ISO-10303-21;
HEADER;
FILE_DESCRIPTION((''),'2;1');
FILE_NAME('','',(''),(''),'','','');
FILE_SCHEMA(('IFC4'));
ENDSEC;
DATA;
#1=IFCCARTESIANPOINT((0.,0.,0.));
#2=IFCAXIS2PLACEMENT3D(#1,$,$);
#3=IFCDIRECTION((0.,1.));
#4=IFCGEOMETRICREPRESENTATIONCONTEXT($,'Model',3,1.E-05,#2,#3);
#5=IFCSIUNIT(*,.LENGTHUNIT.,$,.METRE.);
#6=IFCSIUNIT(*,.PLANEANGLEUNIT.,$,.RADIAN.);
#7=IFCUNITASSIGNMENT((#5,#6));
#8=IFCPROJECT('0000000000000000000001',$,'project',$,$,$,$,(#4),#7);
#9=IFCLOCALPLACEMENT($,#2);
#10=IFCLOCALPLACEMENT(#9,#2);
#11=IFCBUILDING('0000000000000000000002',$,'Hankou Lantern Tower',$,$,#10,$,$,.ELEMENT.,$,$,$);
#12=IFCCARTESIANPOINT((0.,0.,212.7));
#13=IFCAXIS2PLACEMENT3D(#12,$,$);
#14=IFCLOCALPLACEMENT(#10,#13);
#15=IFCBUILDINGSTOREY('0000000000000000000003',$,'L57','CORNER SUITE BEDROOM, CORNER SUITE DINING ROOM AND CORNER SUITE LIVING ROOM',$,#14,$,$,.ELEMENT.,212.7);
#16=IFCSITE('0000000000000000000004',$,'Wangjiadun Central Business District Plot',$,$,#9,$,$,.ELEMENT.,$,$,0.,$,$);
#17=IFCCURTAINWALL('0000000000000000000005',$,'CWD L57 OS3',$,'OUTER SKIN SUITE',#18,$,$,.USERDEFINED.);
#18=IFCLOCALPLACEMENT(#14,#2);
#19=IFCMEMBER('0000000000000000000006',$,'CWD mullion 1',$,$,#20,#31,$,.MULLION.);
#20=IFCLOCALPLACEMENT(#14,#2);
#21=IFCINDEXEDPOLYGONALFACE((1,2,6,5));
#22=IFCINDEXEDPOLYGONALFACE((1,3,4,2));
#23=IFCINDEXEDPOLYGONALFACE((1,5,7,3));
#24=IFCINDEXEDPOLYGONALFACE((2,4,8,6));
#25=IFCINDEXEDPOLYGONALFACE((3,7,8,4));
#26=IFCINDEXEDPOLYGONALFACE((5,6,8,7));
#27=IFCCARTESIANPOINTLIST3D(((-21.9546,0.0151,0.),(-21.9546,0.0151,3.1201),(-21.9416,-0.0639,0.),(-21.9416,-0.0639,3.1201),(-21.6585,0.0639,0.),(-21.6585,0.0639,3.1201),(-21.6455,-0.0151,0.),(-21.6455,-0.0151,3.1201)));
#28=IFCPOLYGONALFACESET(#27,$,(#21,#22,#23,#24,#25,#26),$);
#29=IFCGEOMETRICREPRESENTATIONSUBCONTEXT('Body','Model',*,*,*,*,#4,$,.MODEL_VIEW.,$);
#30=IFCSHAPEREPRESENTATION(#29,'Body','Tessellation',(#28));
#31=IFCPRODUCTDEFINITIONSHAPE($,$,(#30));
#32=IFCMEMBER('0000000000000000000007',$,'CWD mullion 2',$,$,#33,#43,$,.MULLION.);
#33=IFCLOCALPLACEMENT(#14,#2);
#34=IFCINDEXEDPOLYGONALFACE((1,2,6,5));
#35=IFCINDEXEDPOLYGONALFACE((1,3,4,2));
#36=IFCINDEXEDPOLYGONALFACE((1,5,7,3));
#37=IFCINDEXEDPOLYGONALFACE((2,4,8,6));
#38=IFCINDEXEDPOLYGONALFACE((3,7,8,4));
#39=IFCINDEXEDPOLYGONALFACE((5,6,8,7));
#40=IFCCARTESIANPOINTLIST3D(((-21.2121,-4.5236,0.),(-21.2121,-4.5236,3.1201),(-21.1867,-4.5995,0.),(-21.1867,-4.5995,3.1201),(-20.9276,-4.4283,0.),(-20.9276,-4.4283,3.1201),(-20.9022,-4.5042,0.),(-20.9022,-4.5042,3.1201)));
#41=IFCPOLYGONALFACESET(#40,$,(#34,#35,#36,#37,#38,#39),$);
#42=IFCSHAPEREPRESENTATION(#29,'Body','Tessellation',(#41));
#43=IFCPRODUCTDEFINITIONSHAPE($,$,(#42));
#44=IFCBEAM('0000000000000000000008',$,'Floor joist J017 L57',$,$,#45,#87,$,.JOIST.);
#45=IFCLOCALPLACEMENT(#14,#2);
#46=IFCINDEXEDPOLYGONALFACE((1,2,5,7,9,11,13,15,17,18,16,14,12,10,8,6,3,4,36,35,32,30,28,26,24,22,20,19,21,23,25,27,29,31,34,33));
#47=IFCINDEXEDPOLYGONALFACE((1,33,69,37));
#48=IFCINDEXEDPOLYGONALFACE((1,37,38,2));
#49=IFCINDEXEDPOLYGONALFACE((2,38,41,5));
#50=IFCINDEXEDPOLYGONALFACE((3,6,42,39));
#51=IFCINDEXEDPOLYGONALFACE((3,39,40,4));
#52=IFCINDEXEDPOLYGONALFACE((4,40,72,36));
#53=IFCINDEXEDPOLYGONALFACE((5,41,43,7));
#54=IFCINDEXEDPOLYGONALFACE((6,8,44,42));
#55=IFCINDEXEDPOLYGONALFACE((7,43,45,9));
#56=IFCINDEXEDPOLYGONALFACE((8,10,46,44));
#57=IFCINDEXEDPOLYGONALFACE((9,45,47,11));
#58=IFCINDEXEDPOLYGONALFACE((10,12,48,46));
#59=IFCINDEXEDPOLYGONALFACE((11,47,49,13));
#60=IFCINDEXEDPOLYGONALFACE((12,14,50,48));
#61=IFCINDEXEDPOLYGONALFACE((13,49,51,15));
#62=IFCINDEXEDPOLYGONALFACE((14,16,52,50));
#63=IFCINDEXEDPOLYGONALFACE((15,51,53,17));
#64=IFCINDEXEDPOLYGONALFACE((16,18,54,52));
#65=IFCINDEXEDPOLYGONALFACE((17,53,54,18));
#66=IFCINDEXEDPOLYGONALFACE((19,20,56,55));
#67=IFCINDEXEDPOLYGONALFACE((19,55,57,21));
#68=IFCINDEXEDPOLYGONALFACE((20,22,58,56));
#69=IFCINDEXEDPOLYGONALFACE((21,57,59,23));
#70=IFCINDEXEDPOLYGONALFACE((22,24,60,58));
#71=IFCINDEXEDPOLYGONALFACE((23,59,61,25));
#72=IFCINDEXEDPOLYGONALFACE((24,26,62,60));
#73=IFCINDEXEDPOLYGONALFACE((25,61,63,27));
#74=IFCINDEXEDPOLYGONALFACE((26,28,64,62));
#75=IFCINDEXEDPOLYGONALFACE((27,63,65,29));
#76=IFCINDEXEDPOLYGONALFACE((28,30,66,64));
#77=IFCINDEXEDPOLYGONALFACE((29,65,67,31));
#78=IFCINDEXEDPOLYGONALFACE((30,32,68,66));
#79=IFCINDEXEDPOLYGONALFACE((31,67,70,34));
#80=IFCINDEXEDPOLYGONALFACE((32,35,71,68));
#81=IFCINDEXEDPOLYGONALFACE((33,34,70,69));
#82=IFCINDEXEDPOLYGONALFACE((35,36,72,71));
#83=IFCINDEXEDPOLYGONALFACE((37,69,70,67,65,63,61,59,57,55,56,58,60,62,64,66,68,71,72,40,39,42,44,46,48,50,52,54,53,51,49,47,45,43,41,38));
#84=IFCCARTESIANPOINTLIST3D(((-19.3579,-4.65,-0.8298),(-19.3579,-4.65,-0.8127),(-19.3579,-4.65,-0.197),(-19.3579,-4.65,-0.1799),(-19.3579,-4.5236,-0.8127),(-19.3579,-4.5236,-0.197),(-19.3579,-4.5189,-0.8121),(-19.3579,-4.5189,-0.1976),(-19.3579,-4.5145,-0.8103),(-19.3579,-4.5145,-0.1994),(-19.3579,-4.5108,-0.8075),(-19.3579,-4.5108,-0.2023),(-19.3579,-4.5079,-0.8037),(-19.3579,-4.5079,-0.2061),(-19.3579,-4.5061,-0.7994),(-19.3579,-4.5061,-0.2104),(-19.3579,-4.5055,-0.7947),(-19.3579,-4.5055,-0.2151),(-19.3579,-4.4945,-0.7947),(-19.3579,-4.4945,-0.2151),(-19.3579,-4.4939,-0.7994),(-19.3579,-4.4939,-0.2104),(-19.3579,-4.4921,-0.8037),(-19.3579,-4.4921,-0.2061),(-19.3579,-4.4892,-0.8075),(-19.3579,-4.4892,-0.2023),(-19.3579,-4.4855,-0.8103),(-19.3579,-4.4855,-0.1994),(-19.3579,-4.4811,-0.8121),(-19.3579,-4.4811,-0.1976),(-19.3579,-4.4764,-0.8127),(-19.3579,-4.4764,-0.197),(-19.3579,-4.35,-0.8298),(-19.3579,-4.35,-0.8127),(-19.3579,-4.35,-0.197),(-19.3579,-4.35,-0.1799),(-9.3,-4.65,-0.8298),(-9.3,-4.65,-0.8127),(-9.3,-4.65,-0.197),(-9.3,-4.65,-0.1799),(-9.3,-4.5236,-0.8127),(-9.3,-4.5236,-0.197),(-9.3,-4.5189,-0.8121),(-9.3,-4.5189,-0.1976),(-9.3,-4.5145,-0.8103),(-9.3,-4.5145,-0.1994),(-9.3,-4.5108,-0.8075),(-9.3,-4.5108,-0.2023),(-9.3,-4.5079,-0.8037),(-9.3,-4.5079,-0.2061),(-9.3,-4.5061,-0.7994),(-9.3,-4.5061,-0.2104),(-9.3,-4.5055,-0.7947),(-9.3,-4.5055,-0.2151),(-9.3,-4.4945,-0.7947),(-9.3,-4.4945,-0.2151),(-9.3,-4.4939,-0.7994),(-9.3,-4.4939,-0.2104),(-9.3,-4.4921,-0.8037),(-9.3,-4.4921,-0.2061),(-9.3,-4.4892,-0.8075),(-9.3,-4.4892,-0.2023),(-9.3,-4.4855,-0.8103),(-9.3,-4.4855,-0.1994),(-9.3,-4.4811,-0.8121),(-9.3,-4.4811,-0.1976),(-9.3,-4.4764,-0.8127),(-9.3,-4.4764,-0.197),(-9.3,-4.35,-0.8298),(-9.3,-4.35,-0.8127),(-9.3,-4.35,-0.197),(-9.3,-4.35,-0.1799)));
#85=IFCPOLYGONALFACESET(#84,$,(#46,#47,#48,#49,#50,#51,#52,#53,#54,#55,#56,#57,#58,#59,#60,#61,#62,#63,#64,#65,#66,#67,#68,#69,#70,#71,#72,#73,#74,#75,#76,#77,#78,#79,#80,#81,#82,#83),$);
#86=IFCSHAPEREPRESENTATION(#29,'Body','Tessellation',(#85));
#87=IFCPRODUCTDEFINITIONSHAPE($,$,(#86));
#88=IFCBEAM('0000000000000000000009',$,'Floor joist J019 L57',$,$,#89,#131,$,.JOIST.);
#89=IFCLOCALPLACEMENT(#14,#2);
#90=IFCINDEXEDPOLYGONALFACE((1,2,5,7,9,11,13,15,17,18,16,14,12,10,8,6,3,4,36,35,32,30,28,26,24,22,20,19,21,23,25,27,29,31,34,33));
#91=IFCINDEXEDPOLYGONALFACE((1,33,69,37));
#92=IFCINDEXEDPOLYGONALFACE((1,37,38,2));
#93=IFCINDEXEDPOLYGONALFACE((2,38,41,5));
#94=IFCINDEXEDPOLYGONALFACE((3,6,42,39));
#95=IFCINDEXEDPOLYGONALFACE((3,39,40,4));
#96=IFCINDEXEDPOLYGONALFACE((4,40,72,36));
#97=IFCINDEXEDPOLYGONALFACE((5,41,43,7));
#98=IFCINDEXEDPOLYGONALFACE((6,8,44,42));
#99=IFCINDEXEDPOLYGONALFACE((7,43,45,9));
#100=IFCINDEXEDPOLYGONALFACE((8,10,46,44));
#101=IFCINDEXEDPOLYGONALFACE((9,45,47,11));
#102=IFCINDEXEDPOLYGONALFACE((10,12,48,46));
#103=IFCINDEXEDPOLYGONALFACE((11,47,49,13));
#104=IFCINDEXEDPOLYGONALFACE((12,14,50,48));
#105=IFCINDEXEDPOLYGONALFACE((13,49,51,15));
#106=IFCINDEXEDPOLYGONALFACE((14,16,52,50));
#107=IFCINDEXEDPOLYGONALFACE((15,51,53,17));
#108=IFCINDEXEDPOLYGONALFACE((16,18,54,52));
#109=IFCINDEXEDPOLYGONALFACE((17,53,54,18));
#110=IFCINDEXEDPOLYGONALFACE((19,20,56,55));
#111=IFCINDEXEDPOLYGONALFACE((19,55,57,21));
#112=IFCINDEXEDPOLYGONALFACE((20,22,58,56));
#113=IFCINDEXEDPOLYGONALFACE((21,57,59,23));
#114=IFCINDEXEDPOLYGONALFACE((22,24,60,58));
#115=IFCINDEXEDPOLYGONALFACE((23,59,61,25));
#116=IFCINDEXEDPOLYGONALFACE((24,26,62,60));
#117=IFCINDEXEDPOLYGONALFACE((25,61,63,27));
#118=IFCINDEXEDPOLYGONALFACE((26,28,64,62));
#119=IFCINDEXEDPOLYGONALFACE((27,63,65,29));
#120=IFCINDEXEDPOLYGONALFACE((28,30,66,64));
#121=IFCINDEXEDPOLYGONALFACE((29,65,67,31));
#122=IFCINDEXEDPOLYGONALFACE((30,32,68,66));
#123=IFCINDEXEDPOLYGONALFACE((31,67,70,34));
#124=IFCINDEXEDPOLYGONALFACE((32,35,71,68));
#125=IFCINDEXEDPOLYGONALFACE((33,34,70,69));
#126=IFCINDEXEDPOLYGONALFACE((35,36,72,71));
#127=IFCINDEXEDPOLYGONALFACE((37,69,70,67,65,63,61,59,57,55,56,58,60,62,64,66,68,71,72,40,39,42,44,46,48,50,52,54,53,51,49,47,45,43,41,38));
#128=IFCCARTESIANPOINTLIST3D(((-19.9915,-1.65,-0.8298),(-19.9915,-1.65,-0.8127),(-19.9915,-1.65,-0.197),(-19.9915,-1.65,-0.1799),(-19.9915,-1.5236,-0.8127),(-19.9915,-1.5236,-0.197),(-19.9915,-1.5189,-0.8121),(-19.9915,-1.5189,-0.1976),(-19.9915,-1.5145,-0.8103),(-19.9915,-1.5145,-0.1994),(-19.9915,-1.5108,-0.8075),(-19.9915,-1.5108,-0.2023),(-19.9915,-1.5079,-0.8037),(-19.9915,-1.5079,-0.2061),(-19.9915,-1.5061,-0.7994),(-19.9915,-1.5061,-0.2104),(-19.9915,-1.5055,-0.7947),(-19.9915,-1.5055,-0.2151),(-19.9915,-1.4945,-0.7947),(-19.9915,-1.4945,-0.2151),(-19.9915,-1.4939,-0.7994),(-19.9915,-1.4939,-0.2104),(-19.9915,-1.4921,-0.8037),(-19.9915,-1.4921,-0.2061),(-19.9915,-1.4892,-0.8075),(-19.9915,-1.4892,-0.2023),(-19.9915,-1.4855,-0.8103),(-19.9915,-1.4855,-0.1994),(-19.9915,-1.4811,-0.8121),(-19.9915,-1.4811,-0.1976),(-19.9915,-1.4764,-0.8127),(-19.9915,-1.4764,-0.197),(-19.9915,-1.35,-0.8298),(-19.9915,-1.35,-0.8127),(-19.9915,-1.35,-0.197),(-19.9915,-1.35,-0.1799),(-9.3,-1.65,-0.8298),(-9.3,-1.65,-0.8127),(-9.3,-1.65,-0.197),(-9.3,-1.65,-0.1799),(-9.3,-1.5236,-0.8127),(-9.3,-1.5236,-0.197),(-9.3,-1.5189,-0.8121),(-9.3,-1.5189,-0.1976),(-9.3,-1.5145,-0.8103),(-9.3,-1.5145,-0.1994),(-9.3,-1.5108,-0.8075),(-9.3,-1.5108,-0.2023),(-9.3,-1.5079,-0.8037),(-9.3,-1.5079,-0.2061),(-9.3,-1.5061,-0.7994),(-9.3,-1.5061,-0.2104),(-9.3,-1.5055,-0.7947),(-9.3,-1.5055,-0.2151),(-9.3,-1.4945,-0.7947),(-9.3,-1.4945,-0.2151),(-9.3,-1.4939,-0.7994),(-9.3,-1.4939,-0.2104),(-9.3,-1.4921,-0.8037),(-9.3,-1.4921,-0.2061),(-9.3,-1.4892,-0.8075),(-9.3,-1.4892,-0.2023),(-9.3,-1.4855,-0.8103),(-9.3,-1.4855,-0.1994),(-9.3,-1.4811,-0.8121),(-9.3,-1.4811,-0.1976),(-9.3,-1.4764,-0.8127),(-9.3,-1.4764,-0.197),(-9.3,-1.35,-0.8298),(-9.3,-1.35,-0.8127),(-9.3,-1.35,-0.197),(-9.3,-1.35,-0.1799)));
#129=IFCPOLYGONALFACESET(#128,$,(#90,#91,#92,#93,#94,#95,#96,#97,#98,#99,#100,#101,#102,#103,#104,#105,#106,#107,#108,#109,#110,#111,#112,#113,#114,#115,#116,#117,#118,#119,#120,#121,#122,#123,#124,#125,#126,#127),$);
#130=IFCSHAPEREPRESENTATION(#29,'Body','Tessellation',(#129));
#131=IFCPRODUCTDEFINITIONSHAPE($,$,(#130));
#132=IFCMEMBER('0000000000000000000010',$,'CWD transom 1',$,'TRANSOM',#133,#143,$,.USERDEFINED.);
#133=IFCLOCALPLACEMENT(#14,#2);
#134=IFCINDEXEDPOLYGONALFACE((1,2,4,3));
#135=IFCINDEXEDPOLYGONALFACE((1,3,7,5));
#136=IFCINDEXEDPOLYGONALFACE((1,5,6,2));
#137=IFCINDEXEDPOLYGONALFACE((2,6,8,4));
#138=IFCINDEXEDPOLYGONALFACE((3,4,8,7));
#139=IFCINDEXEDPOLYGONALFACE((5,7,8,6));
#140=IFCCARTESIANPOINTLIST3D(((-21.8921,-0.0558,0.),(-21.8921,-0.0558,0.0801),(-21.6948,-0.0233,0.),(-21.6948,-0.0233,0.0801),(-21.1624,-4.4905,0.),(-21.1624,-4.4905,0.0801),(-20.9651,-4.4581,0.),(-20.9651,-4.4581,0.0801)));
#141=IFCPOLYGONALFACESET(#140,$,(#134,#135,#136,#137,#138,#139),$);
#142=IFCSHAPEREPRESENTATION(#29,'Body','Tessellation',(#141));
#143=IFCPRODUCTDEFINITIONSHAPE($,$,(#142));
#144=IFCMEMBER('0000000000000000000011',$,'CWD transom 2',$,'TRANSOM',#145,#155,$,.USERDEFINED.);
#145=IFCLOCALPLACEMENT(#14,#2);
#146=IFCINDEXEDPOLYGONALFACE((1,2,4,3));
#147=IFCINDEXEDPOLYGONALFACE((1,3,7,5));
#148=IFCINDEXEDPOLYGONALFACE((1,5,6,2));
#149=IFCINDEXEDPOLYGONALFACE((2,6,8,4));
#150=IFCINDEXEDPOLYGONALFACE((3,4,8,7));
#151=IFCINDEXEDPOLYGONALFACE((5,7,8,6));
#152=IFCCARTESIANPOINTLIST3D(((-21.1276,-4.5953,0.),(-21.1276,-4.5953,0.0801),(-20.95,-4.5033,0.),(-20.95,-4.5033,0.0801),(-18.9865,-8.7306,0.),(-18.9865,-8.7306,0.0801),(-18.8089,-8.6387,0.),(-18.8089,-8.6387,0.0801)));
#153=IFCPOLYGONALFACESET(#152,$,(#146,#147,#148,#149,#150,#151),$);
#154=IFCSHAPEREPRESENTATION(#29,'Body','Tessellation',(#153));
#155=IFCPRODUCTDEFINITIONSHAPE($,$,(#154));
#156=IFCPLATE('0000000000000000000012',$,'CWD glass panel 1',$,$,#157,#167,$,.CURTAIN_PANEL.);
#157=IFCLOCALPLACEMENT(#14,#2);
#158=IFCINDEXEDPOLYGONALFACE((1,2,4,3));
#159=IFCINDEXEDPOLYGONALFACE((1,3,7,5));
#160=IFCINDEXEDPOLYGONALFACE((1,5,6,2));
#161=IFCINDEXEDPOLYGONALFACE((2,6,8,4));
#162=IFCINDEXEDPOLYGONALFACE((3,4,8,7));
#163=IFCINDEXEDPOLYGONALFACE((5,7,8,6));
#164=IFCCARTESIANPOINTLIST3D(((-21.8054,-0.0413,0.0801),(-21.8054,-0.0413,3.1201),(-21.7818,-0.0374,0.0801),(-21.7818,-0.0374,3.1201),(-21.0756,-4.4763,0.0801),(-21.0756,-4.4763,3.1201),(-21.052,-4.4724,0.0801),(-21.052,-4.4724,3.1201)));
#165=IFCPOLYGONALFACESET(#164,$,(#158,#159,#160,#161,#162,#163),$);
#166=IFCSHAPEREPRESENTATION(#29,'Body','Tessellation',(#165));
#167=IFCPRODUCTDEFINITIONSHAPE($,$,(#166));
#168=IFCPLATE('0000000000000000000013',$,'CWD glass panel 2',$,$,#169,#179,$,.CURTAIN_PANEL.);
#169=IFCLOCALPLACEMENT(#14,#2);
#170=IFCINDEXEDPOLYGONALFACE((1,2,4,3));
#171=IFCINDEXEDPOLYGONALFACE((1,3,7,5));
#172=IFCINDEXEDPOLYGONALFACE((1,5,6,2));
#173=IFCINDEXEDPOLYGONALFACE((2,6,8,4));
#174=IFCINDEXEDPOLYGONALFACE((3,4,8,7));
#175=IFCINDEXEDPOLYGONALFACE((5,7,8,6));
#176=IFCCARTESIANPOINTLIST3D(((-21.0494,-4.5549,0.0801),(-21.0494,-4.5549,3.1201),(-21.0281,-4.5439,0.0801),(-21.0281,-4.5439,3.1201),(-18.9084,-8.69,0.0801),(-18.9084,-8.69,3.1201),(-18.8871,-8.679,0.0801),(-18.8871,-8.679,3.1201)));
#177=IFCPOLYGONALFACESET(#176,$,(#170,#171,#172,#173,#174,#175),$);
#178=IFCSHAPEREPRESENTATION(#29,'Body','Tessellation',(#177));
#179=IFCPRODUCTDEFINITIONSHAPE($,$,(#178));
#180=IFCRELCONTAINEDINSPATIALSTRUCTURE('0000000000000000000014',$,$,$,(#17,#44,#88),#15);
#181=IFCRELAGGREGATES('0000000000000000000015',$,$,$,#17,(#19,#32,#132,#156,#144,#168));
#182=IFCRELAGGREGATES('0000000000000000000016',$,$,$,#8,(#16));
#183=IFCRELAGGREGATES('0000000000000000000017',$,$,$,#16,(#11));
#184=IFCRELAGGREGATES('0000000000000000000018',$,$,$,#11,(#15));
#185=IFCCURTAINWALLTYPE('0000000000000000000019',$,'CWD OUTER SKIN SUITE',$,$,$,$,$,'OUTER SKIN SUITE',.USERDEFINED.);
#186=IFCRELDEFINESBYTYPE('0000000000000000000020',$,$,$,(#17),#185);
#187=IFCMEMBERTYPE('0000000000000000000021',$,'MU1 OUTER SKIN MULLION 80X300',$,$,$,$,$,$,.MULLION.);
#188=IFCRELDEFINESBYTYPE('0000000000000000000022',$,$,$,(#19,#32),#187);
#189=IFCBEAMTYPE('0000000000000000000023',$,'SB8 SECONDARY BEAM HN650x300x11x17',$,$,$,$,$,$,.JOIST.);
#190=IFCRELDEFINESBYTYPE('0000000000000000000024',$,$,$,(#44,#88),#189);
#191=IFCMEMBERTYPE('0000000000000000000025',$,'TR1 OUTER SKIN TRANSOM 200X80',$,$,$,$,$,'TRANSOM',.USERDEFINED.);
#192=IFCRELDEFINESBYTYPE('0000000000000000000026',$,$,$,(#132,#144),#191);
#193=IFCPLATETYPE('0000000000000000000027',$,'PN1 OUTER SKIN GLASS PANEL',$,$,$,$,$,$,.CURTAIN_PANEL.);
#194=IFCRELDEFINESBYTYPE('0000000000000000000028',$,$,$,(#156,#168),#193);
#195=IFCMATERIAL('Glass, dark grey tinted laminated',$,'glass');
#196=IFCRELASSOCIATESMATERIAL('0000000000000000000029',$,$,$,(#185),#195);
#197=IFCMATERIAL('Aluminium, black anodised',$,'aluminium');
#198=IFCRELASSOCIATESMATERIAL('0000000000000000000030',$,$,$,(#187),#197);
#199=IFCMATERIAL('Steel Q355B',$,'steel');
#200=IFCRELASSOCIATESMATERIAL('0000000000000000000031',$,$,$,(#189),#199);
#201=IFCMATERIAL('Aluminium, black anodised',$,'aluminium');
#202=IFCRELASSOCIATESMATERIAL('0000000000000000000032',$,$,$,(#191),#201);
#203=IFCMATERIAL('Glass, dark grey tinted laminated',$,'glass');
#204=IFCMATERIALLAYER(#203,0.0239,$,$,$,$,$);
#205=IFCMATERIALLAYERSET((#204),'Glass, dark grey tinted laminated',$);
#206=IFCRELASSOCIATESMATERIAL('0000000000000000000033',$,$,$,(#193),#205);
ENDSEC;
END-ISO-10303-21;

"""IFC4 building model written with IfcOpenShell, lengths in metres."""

from ifc_helpers import new_model, si_unit, direction, frame, origin, origin_2d, place, context, subcontext, project, spatial, rectangle, i_section, extrude, material, layer, layer_set, material_profile, profile_set, type_object, element, aggregate, save


model = new_model("IFC4")

# Units and contexts
model_context = context("Model", 3, precision=1e-05, world=origin(), true_north=direction((0.0, 1.0)))
body_context = subcontext(model_context, "Body", "Model", "MODEL_VIEW")
ifc_project = project(units=[si_unit("LENGTHUNIT", "METRE"), si_unit("PLANEANGLEUNIT", "RADIAN")], contexts=[model_context])

# Site, building, storey
site_placement = place(None, origin())
site = spatial("IfcSite", under=ifc_project, at=site_placement, Name="Wangjiadun Central Business District Plot", CompositionType="ELEMENT", RefElevation=0.0)
building_placement = place(site_placement, origin())
building = spatial("IfcBuilding", under=site, at=building_placement, Name="Hankou Lantern Tower", CompositionType="ELEMENT")
storey_placement = place(building_placement, frame((0.0, 0.0, 212.7)))
storey = spatial("IfcBuildingStorey", under=building, at=storey_placement, Name="L57", Description="CORNER SUITE BEDROOM, CORNER SUITE DINING ROOM AND CORNER SUITE LIVING ROOM", CompositionType="ELEMENT", Elevation=212.7)

# Curtain wall, members
ifc_material_1 = material(Name="Glass, dark grey tinted laminated", Category="glass")
curtain_wall_type = type_object("IfcCurtainWallType", Name="CWD OUTER SKIN SUITE", ElementType="OUTER SKIN SUITE", PredefinedType="USERDEFINED", material=ifc_material_1)
curtain_wall_placement = place(storey_placement, origin())
curtain_wall = element("IfcCurtainWall", 1, at=curtain_wall_placement, inside=storey, type_object=curtain_wall_type, Name="CWD L57 OS3", ObjectType="OUTER SKIN SUITE", PredefinedType="USERDEFINED")
ifc_material_2 = material(Name="Aluminium, black anodised", Category="aluminium")
ifc_material_profile_1 = material_profile(ifc_material_2, rectangle(XDim=0.0801, YDim=0.3, at=origin_2d()), Name="MU1 80X300")
ifc_profile_set_1 = profile_set([ifc_material_profile_1], Name="Aluminium, black anodised")
member_type_1 = type_object("IfcMemberType", Name="MU1 OUTER SKIN MULLION 80X300", PredefinedType="MULLION", material=ifc_profile_set_1)
member_1_placement = place(storey_placement, frame((-21.8, 0.0, 0.0), z_axis=(0.0, 0.0, 1.0), x_axis=(0.162382, -0.986728, 0.0)))
member_1 = element("IfcMember", 2, at=member_1_placement, type_object=member_type_1, Name="CWD mullion 1", PredefinedType="MULLION", context=body_context, shape_type="SweptSolid", body=[
    extrude(rectangle(XDim=0.0801, YDim=0.3, at=origin_2d()), origin(), (0.0, 0.0, 1.0), 3.1201),
])
member_2_placement = place(storey_placement, frame((-21.0571, -4.5139, 0.0), z_axis=(0.0, 0.0, 1.0), x_axis=(0.317596, -0.948226, 0.0)))
member_2 = element("IfcMember", 3, at=member_2_placement, type_object=member_type_1, Name="CWD mullion 2", PredefinedType="MULLION", context=body_context, shape_type="SweptSolid", body=[
    extrude(rectangle(XDim=0.0801, YDim=0.3, at=origin_2d()), origin(), (0.0, 0.0, 1.0), 3.1201),
])

# Beams
ifc_material_3 = material(Name="Steel Q355B", Category="steel")
ifc_material_profile_2 = material_profile(ifc_material_3, i_section(OverallWidth=0.3, OverallDepth=0.6499, WebThickness=0.011, FlangeThickness=0.0171, FilletRadius=0.0181, at=origin_2d()), Name="HN650x300x11x17")
ifc_profile_set_2 = profile_set([ifc_material_profile_2], Name="Steel Q355B")
beam_type_1 = type_object("IfcBeamType", Name="SB8 SECONDARY BEAM HN650x300x11x17", PredefinedType="JOIST", material=ifc_profile_set_2)
beam_1_placement = place(storey_placement, frame((-19.3579, -4.5, -0.5049), z_axis=(1.0, 0.0, 0.0), x_axis=(0.0, 1.0, 0.0)))
element("IfcBeam", 4, at=beam_1_placement, inside=storey, type_object=beam_type_1, Name="Floor joist J017 L57", PredefinedType="JOIST", context=body_context, shape_type="SweptSolid", body=[
    extrude(i_section(OverallWidth=0.3, OverallDepth=0.6499, WebThickness=0.011, FlangeThickness=0.0171, FilletRadius=0.0181, at=origin_2d()), origin(), (0.0, 0.0, 1.0), 10.0579),
])
beam_2_placement = place(storey_placement, frame((-19.9915, -1.5, -0.5049), z_axis=(1.0, 0.0, 0.0), x_axis=(0.0, 1.0, 0.0)))
element("IfcBeam", 5, at=beam_2_placement, inside=storey, type_object=beam_type_1, Name="Floor joist J019 L57", PredefinedType="JOIST", context=body_context, shape_type="SweptSolid", body=[
    extrude(i_section(OverallWidth=0.3, OverallDepth=0.6499, WebThickness=0.011, FlangeThickness=0.0171, FilletRadius=0.0181, at=origin_2d()), origin(), (0.0, 0.0, 1.0), 10.6914),
])

# Members
ifc_material_4 = material(Name="Aluminium, black anodised", Category="aluminium")
ifc_material_profile_3 = material_profile(ifc_material_4, rectangle(XDim=0.2, YDim=0.0801, at=origin_2d()), Name="TR1 200X80")
ifc_profile_set_3 = profile_set([ifc_material_profile_3], Name="Aluminium, black anodised")
member_type_2 = type_object("IfcMemberType", Name="TR1 OUTER SKIN TRANSOM 200X80", ElementType="TRANSOM", PredefinedType="USERDEFINED", material=ifc_profile_set_3)
member_3_placement = place(storey_placement, frame((-21.7935, -0.0396, 0.04), z_axis=(0.162364, -0.986731, 0.0), x_axis=(0.986731, 0.162364, 0.0)))
member_3 = element("IfcMember", 6, at=member_3_placement, type_object=member_type_2, Name="CWD transom 1", ObjectType="TRANSOM", PredefinedType="USERDEFINED", context=body_context, shape_type="SweptSolid", body=[
    extrude(rectangle(XDim=0.2, YDim=0.0801, at=origin_2d()), origin(), (0.0, 0.0, 1.0), 4.4944),
])
member_4_placement = place(storey_placement, frame((-21.0388, -4.5493, 0.04), z_axis=(0.459794, -0.888026, 0.0), x_axis=(0.888026, 0.459794, 0.0)))
member_4 = element("IfcMember", 7, at=member_4_placement, type_object=member_type_2, Name="CWD transom 2", ObjectType="TRANSOM", PredefinedType="USERDEFINED", context=body_context, shape_type="SweptSolid", body=[
    extrude(rectangle(XDim=0.2, YDim=0.0801, at=origin_2d()), origin(), (0.0, 0.0, 1.0), 4.6567),
])

# Plates
ifc_material_5 = material(Name="Glass, dark grey tinted laminated", Category="glass")
ifc_layer_1 = layer(ifc_material_5, 0.0239)
ifc_layer_set_1 = layer_set([ifc_layer_1], Name="Glass, dark grey tinted laminated")
plate_type = type_object("IfcPlateType", Name="PN1 OUTER SKIN GLASS PANEL", PredefinedType="CURTAIN_PANEL", material=ifc_layer_set_1)
plate_1_placement = place(storey_placement, frame((-21.4287, -2.2568, 0.0801), z_axis=(0.0, 0.0, 1.0), x_axis=(0.162382, -0.986728, 0.0)))
plate_1 = element("IfcPlate", 8, at=plate_1_placement, type_object=plate_type, Name="CWD glass panel 1", PredefinedType="CURTAIN_PANEL", context=body_context, shape_type="SweptSolid", body=[
    extrude(rectangle(XDim=4.4946, YDim=0.0239, at=origin_2d()), origin(), (0.0, 0.0, 1.0), 3.04),
])
plate_2_placement = place(storey_placement, frame((-19.9683, -6.6169, 0.0801), z_axis=(0.0, 0.0, 1.0), x_axis=(0.459791, -0.888027, 0.0)))
plate_2 = element("IfcPlate", 9, at=plate_2_placement, type_object=plate_type, Name="CWD glass panel 2", PredefinedType="CURTAIN_PANEL", context=body_context, shape_type="SweptSolid", body=[
    extrude(rectangle(XDim=4.6565, YDim=0.0239, at=origin_2d()), origin(), (0.0, 0.0, 1.0), 3.04),
])
aggregate(curtain_wall, [member_1, member_2, member_3, plate_1, member_4, plate_2])

save(model, "model.ifc")
